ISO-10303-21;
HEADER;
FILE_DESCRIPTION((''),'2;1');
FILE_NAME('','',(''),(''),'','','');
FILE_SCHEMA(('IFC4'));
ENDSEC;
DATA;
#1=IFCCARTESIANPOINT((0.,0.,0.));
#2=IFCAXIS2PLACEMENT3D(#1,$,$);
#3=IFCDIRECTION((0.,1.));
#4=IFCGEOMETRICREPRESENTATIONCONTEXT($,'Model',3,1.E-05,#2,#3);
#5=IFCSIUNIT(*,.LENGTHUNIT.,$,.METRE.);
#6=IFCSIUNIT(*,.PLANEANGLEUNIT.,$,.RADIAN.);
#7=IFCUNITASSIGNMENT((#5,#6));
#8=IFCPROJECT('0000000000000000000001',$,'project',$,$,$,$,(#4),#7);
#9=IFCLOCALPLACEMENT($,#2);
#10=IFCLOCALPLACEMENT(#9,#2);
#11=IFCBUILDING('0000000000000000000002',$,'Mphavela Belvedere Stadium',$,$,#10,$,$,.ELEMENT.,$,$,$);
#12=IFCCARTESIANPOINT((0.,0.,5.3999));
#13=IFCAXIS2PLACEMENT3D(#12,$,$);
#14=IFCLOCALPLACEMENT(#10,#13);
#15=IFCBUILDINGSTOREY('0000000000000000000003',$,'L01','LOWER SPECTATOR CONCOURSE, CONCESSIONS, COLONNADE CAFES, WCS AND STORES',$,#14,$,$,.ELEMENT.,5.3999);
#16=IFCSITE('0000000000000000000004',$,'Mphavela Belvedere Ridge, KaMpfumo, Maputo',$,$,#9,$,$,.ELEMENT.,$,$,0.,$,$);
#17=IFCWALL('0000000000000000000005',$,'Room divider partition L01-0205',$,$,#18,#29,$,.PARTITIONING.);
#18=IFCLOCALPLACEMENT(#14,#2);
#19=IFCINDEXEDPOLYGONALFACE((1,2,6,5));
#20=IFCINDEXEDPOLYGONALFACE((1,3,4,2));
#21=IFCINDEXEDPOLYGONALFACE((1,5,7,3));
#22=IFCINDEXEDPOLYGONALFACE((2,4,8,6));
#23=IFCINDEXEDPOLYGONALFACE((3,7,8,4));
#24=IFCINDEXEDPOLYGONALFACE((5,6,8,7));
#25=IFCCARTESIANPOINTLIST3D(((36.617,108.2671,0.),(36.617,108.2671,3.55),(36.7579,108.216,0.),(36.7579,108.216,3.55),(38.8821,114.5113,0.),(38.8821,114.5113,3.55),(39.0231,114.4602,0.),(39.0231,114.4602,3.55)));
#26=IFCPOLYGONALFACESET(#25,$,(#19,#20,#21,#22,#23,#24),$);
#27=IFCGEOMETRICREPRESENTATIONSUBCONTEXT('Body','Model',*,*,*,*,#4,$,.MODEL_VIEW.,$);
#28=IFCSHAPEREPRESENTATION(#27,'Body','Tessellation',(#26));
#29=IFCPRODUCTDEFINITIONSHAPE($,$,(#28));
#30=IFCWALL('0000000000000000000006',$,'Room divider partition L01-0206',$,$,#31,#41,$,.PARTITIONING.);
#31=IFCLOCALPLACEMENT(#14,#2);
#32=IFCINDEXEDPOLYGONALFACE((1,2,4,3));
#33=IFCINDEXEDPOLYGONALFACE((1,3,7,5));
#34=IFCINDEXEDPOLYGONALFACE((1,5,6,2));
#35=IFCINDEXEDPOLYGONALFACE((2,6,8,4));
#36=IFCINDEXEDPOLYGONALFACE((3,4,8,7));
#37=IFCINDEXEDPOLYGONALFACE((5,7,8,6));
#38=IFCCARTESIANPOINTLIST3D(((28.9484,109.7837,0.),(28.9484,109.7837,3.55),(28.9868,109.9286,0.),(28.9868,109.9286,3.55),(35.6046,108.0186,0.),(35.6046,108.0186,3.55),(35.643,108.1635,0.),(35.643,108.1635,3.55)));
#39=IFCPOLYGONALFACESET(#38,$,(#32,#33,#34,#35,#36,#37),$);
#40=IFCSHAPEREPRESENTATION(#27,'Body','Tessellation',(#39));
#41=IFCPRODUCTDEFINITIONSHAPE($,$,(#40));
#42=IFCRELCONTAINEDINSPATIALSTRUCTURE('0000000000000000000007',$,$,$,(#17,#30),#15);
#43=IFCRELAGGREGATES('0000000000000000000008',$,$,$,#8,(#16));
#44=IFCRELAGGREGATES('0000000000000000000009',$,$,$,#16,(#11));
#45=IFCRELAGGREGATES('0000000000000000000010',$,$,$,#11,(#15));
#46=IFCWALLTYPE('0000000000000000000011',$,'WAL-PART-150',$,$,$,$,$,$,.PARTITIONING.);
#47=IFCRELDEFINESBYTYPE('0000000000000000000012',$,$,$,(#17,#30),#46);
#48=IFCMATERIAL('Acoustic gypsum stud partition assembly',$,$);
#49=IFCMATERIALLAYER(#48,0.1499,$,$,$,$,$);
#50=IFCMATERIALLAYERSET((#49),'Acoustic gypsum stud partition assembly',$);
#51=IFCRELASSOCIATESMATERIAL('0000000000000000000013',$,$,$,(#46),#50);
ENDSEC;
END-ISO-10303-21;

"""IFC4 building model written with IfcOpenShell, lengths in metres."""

from ifc_helpers import new_model, si_unit, direction, frame, frame_2d, origin, place, context, subcontext, project, spatial, rectangle, extrude, material, layer, layer_set, type_object, element, save


model = new_model("IFC4")

# Units and contexts
model_context = context("Model", 3, precision=1e-05, world=origin(), true_north=direction((0.0, 1.0)))
body_context = subcontext(model_context, "Body", "Model", "MODEL_VIEW")
ifc_project = project(units=[si_unit("LENGTHUNIT", "METRE"), si_unit("PLANEANGLEUNIT", "RADIAN")], contexts=[model_context])

# Site, building, storey
site_placement = place(None, origin())
site = spatial("IfcSite", under=ifc_project, at=site_placement, Name="Mphavela Belvedere Ridge, KaMpfumo, Maputo", CompositionType="ELEMENT", RefElevation=0.0)
building_placement = place(site_placement, origin())
building = spatial("IfcBuilding", under=site, at=building_placement, Name="Mphavela Belvedere Stadium", CompositionType="ELEMENT")
storey_placement = place(building_placement, frame((0.0, 0.0, 5.3999)))
storey = spatial("IfcBuildingStorey", under=building, at=storey_placement, Name="L01", Description="LOWER SPECTATOR CONCOURSE, CONCESSIONS, COLONNADE CAFES, WCS AND STORES", CompositionType="ELEMENT", Elevation=5.3999)

# Shared definitions
ifc_material_1 = material(Name="Acoustic gypsum stud partition assembly")
ifc_layer_1 = layer(ifc_material_1, 0.1499)
ifc_layer_set_1 = layer_set([ifc_layer_1], Name="Acoustic gypsum stud partition assembly")
wall_type = type_object("IfcWallType", Name="WAL-PART-150", PredefinedType="PARTITIONING", material=ifc_layer_set_1)

# Walls
wall_1_placement = place(storey_placement, frame((38.9526, 114.4858, 0.0), z_axis=(0.0, 0.0, 1.0), x_axis=(-0.341017, -0.940057, 0.0)))
element("IfcWall", 1, at=wall_1_placement, inside=storey, type_object=wall_type, Name="Room divider partition L01-0205", PredefinedType="PARTITIONING", context=body_context, shape_type="SweptSolid", body=[
    extrude(rectangle(XDim=6.6423, YDim=0.1499, at=frame_2d((3.3213, 0.0))), origin(), (0.0, 0.0, 1.0), 3.55),
])
wall_2_placement = place(storey_placement, frame((35.6238, 108.0911, 0.0), z_axis=(0.0, 0.0, 1.0), x_axis=(-0.966591, 0.256325, 0.0)))
element("IfcWall", 2, at=wall_2_placement, inside=storey, type_object=wall_type, Name="Room divider partition L01-0206", PredefinedType="PARTITIONING", context=body_context, shape_type="SweptSolid", body=[
    extrude(rectangle(XDim=6.8862, YDim=0.1499, at=frame_2d((3.4431, 0.0))), origin(), (0.0, 0.0, 1.0), 3.55),
])

save(model, "model.ifc")
